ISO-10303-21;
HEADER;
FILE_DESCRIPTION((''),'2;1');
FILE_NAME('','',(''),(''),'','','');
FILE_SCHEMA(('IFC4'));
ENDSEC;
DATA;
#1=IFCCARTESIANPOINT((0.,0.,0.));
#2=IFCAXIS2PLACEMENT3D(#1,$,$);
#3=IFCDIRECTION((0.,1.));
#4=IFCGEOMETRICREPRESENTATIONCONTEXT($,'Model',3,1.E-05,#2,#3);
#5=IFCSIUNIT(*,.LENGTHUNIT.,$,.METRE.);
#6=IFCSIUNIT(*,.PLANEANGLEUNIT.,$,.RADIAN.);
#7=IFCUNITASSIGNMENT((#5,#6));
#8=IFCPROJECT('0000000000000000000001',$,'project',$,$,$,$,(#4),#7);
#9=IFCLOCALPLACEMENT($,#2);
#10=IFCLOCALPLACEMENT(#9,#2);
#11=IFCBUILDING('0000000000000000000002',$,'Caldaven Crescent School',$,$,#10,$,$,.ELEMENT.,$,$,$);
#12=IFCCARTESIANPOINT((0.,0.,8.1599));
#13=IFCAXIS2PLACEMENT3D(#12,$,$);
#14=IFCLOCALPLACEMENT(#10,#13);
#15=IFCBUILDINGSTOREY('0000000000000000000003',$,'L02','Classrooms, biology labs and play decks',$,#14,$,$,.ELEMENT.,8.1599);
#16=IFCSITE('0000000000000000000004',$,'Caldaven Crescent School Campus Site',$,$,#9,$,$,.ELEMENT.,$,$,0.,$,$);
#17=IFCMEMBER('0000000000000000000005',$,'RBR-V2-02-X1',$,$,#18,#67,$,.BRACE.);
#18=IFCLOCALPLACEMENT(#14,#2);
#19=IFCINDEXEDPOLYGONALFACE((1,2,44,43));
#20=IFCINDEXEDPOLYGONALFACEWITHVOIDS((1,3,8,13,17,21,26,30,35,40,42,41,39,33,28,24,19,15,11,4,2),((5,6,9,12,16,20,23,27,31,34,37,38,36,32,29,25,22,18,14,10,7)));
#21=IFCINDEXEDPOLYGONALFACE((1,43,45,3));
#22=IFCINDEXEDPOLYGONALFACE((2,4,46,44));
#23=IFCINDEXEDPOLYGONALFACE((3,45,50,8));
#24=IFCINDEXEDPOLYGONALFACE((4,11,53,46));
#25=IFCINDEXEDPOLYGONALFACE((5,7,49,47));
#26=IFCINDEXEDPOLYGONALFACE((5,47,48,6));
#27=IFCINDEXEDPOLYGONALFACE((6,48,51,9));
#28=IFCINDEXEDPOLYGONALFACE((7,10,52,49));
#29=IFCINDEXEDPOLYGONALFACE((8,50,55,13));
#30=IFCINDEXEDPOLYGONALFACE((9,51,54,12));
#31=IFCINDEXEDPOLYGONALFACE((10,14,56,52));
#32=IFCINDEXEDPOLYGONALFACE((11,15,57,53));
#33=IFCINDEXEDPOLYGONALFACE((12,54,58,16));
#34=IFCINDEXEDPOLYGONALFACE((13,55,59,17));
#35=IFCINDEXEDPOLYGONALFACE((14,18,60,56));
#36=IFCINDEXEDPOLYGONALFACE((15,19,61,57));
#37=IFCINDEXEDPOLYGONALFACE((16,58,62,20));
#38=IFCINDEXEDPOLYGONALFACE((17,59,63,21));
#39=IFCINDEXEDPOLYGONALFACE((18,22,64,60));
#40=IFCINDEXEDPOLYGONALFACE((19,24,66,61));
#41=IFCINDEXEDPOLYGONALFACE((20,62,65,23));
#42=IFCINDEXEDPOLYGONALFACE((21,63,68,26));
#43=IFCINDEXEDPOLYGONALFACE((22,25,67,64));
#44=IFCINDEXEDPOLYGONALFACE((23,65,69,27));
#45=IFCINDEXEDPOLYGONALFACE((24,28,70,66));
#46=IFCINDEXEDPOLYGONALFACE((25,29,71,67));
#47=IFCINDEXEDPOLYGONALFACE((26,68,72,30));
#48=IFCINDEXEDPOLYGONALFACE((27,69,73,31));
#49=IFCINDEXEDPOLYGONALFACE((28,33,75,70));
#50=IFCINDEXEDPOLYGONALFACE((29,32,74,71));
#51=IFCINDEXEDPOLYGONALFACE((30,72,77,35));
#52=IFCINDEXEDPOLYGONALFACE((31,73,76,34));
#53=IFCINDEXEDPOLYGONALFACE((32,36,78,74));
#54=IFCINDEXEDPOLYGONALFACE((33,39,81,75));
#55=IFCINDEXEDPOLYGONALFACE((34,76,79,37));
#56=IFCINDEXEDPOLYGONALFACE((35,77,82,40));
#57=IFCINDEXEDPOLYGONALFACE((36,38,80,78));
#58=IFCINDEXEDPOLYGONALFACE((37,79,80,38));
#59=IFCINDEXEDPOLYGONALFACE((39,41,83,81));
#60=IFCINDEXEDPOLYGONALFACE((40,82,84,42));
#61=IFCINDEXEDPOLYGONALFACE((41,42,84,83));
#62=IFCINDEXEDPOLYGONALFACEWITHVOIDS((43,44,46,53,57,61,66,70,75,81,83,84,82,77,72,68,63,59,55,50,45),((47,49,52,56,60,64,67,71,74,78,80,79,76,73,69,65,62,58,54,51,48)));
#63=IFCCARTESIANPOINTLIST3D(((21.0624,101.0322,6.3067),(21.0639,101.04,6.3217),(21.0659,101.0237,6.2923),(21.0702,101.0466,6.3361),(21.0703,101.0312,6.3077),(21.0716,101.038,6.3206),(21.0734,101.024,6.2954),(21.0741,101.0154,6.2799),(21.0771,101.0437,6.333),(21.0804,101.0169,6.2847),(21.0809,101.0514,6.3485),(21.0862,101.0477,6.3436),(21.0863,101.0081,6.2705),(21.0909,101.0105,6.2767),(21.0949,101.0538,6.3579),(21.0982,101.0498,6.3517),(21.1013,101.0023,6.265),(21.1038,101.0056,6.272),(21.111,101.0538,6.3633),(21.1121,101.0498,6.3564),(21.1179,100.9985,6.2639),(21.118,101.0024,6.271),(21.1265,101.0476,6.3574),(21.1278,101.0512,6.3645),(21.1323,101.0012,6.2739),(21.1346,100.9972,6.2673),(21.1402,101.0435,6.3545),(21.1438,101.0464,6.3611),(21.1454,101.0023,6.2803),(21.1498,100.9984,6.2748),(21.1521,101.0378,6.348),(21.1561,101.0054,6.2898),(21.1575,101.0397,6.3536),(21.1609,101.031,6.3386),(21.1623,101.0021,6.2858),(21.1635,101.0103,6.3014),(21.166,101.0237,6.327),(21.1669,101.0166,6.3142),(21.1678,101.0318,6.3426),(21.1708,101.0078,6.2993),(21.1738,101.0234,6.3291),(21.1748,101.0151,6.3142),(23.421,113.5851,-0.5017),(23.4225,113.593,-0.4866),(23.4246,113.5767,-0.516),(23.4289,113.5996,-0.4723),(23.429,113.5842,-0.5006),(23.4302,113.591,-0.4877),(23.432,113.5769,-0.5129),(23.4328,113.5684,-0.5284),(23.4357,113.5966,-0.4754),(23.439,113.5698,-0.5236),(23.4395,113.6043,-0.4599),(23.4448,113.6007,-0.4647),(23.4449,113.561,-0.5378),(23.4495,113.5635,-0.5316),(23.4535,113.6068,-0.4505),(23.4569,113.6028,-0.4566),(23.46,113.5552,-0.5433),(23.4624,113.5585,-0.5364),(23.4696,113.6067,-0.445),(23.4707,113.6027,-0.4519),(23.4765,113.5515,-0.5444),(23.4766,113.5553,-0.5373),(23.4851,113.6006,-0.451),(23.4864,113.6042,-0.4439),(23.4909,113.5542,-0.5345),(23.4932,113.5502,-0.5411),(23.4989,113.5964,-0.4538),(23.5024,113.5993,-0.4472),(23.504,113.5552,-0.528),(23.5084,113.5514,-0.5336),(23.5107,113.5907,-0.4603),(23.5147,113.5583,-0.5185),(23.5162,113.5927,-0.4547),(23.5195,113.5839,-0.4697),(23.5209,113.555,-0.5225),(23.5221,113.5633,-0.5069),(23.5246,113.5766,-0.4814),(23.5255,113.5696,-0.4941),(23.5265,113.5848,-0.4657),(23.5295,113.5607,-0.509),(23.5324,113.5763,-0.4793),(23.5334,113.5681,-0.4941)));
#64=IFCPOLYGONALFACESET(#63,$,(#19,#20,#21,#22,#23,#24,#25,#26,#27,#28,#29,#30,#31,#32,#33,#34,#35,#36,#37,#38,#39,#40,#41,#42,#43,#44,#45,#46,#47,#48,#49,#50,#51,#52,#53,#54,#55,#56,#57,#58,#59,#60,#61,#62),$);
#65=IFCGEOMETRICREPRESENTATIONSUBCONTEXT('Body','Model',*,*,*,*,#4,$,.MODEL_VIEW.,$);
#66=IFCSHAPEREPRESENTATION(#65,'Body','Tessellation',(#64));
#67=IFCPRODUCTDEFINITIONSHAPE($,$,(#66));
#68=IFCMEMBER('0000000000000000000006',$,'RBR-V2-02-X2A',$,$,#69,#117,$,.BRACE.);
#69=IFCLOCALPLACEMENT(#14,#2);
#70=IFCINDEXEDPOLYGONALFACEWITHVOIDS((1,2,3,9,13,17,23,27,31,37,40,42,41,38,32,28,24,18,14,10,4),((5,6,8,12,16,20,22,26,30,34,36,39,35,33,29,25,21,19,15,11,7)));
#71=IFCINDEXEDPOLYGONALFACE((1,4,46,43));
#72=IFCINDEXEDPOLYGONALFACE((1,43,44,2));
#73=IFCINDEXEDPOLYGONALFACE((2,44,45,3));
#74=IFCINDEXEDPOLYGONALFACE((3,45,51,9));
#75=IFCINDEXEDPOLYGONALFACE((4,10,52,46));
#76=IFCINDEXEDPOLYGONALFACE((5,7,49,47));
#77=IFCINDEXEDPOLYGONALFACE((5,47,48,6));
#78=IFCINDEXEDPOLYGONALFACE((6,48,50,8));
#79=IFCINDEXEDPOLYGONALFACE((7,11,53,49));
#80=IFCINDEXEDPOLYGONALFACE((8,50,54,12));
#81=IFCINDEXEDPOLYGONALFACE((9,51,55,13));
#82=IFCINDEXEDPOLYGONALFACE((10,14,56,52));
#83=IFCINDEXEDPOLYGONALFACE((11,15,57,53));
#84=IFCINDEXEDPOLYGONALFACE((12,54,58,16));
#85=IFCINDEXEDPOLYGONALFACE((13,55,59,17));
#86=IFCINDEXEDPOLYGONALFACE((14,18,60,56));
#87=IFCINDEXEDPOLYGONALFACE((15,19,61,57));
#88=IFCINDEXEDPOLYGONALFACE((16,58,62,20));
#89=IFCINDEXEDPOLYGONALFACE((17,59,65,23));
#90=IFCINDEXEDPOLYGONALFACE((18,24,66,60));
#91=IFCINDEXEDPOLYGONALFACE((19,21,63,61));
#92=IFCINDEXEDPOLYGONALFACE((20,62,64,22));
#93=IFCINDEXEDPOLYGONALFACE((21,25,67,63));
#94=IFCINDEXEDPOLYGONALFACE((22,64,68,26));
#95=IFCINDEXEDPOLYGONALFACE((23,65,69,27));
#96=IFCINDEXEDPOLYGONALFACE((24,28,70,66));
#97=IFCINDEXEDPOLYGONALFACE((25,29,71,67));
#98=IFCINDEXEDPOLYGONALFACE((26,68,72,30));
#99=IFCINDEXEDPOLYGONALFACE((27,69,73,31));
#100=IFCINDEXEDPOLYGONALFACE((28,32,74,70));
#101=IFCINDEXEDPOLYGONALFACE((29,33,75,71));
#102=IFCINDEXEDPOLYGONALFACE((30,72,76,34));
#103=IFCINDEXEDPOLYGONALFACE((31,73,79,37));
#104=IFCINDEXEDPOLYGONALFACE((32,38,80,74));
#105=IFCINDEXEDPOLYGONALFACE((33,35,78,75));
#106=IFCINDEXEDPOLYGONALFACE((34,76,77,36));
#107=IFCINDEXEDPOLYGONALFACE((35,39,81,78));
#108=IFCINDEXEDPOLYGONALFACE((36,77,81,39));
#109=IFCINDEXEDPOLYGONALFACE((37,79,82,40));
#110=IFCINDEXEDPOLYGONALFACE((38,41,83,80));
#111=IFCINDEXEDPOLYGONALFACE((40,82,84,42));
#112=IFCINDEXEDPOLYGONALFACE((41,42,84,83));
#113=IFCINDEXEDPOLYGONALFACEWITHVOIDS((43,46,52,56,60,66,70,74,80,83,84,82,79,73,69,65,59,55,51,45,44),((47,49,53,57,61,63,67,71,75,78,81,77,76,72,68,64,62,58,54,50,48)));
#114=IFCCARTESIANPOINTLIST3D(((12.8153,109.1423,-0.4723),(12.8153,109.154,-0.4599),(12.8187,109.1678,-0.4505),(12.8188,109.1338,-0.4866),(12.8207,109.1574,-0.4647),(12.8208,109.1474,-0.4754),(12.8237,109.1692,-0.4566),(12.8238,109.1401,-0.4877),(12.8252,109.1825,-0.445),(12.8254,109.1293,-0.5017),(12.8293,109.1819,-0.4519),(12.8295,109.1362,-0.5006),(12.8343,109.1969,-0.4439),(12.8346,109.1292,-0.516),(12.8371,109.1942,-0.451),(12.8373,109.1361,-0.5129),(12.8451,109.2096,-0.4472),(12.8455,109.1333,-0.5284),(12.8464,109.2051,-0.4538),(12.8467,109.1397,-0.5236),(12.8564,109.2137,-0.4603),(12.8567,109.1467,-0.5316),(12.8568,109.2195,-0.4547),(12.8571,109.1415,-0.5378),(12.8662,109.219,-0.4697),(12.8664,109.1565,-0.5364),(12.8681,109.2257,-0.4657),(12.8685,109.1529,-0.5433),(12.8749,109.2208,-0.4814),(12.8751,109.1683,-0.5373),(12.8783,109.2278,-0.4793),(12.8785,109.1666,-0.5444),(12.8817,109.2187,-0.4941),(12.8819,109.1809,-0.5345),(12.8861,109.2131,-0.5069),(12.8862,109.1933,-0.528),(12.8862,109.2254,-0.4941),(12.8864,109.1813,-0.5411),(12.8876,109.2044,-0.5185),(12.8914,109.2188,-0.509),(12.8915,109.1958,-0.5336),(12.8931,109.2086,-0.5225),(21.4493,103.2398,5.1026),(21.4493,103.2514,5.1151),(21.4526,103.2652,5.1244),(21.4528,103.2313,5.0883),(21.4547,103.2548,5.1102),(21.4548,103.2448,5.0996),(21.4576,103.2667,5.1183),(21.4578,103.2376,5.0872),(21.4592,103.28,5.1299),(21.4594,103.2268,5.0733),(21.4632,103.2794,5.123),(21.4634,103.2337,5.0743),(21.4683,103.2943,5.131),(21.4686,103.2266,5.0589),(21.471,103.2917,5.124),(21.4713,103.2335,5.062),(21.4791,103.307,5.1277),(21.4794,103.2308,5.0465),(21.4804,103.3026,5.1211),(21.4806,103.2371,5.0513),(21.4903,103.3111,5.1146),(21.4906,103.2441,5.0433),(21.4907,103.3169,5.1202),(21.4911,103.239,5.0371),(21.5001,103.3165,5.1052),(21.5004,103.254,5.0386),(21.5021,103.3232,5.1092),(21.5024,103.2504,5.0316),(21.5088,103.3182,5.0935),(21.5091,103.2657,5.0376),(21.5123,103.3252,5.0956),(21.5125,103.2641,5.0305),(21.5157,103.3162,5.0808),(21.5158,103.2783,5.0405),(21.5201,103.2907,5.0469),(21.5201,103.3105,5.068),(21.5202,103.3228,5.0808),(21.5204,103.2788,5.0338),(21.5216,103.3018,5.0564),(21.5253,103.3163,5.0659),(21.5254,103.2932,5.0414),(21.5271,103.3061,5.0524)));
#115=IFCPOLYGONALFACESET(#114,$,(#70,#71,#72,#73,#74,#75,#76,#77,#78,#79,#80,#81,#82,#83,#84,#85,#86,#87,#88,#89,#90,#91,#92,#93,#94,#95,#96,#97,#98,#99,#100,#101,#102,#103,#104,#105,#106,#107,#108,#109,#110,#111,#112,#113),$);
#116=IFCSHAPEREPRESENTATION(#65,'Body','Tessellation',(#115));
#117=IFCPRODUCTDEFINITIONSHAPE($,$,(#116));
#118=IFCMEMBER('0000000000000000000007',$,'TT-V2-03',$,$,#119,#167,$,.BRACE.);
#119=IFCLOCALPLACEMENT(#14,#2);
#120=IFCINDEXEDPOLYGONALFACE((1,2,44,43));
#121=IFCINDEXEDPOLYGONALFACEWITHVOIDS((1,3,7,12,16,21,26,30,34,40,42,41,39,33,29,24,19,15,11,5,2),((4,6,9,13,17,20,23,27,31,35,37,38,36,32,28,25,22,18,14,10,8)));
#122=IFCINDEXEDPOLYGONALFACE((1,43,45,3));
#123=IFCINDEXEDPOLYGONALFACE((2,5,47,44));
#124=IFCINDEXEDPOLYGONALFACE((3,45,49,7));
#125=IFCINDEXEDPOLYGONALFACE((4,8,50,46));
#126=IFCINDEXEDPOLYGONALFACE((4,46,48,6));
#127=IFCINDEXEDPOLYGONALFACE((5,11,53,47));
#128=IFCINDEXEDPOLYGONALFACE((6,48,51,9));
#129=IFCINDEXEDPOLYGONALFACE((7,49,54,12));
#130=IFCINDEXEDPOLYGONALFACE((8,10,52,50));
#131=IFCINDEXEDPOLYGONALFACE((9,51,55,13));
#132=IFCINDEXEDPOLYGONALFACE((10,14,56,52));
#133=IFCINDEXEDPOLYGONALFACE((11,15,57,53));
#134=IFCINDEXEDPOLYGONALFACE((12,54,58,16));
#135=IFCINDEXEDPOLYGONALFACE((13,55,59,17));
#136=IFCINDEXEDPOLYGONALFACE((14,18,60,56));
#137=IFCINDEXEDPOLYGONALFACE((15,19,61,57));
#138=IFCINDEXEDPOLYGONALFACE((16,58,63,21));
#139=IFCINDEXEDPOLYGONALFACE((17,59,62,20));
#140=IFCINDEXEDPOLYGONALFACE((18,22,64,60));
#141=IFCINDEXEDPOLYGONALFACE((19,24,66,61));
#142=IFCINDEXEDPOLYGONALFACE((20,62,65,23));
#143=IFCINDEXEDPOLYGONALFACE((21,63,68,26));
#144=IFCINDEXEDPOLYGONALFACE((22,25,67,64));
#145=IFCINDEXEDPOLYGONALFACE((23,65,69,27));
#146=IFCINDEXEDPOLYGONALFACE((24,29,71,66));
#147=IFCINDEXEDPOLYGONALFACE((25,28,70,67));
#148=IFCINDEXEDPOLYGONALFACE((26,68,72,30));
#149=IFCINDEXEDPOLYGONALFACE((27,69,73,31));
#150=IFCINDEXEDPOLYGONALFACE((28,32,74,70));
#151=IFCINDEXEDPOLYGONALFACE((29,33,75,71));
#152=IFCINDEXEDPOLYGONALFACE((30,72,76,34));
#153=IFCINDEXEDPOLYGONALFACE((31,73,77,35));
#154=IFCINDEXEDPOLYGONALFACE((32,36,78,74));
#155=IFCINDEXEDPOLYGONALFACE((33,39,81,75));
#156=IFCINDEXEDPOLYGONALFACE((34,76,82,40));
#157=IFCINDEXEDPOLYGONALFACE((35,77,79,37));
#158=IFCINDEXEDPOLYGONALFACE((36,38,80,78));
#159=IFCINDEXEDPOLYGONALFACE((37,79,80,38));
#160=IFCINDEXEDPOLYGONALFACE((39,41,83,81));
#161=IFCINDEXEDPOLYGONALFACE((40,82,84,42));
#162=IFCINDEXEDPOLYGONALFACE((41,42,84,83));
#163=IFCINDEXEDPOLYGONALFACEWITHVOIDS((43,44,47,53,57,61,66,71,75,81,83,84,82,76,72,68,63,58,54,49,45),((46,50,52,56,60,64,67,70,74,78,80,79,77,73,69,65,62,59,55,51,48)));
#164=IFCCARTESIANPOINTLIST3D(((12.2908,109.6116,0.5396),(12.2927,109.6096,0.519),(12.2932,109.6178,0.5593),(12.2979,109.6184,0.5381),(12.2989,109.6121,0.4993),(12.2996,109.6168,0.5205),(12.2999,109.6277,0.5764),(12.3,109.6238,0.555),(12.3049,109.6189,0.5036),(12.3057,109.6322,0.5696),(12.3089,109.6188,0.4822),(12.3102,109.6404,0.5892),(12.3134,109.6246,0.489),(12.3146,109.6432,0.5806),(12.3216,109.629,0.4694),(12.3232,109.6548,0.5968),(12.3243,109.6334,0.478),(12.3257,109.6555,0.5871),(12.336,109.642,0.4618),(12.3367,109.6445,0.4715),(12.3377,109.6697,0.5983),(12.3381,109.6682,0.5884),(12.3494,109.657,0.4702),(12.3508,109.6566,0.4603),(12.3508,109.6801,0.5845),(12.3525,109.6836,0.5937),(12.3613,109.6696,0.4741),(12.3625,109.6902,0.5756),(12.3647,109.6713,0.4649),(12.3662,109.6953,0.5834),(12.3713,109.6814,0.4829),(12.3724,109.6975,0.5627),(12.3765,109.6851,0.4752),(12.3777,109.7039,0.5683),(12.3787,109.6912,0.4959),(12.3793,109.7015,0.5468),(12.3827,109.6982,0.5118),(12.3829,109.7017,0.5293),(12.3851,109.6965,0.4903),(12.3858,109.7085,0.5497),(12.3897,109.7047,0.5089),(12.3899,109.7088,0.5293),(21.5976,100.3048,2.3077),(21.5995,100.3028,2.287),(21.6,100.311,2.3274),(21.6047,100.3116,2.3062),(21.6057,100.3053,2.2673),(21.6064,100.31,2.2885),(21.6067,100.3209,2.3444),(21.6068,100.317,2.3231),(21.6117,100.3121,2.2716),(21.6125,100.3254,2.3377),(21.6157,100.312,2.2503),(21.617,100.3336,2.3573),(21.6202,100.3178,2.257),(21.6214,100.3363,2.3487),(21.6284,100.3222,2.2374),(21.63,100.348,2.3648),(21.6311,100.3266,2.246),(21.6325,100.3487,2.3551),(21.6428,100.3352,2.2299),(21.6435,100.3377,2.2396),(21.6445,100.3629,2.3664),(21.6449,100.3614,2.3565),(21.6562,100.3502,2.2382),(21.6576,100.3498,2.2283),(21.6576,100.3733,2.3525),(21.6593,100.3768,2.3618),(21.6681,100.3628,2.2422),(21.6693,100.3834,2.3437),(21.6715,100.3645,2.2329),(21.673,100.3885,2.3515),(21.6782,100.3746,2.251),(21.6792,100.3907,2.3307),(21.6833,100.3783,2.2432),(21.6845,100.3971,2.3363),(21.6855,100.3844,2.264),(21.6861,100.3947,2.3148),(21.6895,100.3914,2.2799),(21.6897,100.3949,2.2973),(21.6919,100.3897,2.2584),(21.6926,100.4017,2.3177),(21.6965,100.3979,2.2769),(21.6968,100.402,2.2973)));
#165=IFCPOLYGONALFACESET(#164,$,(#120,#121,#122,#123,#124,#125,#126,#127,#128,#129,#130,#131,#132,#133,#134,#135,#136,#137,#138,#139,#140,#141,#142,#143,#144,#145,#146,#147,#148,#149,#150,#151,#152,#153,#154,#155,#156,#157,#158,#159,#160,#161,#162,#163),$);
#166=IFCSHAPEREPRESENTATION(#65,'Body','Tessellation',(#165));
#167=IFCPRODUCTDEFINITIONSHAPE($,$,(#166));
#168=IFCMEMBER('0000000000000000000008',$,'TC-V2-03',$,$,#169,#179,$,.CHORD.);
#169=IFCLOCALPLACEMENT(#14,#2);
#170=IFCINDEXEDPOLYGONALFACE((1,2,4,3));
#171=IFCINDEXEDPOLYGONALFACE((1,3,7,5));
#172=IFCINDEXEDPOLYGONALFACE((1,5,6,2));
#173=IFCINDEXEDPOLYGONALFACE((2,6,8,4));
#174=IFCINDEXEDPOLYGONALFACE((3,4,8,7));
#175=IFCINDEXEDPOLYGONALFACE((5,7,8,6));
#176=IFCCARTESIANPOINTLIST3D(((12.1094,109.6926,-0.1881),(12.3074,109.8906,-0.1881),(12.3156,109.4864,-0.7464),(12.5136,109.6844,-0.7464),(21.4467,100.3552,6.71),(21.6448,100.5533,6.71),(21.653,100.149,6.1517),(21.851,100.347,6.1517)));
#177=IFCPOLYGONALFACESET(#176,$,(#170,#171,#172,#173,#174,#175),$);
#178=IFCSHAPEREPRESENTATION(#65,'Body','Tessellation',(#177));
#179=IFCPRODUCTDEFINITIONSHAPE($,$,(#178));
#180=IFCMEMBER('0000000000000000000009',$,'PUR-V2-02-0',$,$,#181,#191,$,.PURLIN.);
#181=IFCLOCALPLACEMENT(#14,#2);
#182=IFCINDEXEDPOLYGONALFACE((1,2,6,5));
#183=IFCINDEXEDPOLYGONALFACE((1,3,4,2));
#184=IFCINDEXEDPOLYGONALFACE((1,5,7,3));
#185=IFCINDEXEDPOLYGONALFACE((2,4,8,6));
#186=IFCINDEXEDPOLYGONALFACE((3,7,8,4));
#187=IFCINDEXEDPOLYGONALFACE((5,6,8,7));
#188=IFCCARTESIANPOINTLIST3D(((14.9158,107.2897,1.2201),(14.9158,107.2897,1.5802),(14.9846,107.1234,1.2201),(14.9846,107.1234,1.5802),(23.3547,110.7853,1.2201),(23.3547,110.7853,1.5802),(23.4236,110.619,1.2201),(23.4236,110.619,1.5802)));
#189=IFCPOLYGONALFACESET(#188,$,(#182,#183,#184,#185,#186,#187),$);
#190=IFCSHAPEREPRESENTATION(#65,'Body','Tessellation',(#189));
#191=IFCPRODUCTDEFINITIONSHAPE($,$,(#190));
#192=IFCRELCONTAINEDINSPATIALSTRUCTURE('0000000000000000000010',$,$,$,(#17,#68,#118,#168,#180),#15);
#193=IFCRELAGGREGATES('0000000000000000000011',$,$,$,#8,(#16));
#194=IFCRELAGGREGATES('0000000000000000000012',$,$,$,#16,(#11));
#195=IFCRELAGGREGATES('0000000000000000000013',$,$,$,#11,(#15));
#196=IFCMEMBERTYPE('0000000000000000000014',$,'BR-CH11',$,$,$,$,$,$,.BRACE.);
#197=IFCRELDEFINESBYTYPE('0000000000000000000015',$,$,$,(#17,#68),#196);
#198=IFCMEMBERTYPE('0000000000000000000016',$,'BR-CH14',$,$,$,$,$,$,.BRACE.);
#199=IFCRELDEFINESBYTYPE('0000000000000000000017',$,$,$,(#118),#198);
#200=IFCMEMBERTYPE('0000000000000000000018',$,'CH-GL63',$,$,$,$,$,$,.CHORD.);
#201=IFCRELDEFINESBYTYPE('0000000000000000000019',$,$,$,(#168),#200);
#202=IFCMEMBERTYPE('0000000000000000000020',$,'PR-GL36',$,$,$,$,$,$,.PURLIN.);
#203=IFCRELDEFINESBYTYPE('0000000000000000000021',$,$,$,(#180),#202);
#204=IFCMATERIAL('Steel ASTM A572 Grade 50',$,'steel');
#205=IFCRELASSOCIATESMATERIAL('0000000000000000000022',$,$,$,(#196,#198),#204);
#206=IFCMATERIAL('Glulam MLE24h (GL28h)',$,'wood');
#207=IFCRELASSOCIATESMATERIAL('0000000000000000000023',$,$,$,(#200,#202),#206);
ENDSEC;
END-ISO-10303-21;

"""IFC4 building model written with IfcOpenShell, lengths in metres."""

from ifc_helpers import new_model, si_unit, direction, frame, origin, origin_2d, place, context, subcontext, project, spatial, rectangle, hollow_circle, extrude, material, material_profile, profile_set, type_object, element, save


model = new_model("IFC4")

# Units and contexts
model_context = context("Model", 3, precision=1e-05, world=origin(), true_north=direction((0.0, 1.0)))
body_context = subcontext(model_context, "Body", "Model", "MODEL_VIEW")
ifc_project = project(units=[si_unit("LENGTHUNIT", "METRE"), si_unit("PLANEANGLEUNIT", "RADIAN")], contexts=[model_context])

# Site, building, storey
site_placement = place(None, origin())
site = spatial("IfcSite", under=ifc_project, at=site_placement, Name="Caldaven Crescent School Campus Site", CompositionType="ELEMENT", RefElevation=0.0)
building_placement = place(site_placement, origin())
building = spatial("IfcBuilding", under=site, at=building_placement, Name="Caldaven Crescent School", CompositionType="ELEMENT")
storey_placement = place(building_placement, frame((0.0, 0.0, 8.1599)))
storey = spatial("IfcBuildingStorey", under=building, at=storey_placement, Name="L02", Description="Classrooms, biology labs and play decks", CompositionType="ELEMENT", Elevation=8.1599)

# Shared definitions
ifc_material_1 = material(Name="Glulam MLE24h (GL28h)", Category="wood")
ifc_material_2 = material(Name="Steel ASTM A572 Grade 50", Category="steel")

# Members
ifc_material_profile_1 = material_profile(ifc_material_2, hollow_circle(Radius=0.0571, WallThickness=0.0081, at=origin_2d()), Name="CHS 114.3x8.0")
ifc_profile_set_1 = profile_set([ifc_material_profile_1], Name="Steel ASTM A572 Grade 50")
member_type_1 = type_object("IfcMemberType", Name="BR-CH11", PredefinedType="BRACE", material=ifc_profile_set_1)
member_1_placement = place(storey_placement, frame((23.4773, 113.5786, -0.4941), z_axis=(-0.162958, -0.867283, 0.470388), x_axis=(0.982802, -0.184664, 0.0)))
element("IfcMember", 1, at=member_1_placement, inside=storey, type_object=member_type_1, Name="RBR-V2-02-X1", PredefinedType="BRACE", context=body_context, shape_type="SweptSolid", body=[
    extrude(hollow_circle(Radius=0.0571, WallThickness=0.0081, at=origin_2d()), origin(), (0.0, 0.0, 1.0), 14.4739),
])
member_2_placement = place(storey_placement, frame((12.854, 109.1782, -0.4941), z_axis=(0.728495, -0.49803, 0.470385), x_axis=(0.564364, 0.825526, 0.0)))
element("IfcMember", 2, at=member_2_placement, inside=storey, type_object=member_type_1, Name="RBR-V2-02-X2A", PredefinedType="BRACE", context=body_context, shape_type="SweptSolid", body=[
    extrude(hollow_circle(Radius=0.0571, WallThickness=0.0081, at=origin_2d()), origin(), (0.0, 0.0, 1.0), 11.8518),
])
ifc_material_profile_2 = material_profile(ifc_material_2, hollow_circle(Radius=0.0698, WallThickness=0.01, at=origin_2d()), Name="CHS 139.7x10.0")
ifc_profile_set_2 = profile_set([ifc_material_profile_2], Name="Steel ASTM A572 Grade 50")
member_type_2 = type_object("IfcMemberType", Name="BR-CH14", PredefinedType="BRACE", material=ifc_profile_set_2)
member_3_placement = place(storey_placement, frame((12.3406, 109.6594, 0.5293), z_axis=(0.700812, -0.700812, 0.133136), x_axis=(0.707107, 0.707107, 0.0)))
element("IfcMember", 3, at=member_3_placement, inside=storey, type_object=member_type_2, Name="TT-V2-03", PredefinedType="BRACE", context=body_context, shape_type="SweptSolid", body=[
    extrude(hollow_circle(Radius=0.0698, WallThickness=0.01, at=origin_2d()), origin(), (0.0, 0.0, 1.0), 13.28),
])
ifc_material_profile_3 = material_profile(ifc_material_1, rectangle(XDim=0.28, YDim=0.6299, at=origin_2d()), Name="MLE 280x630")
ifc_profile_set_3 = profile_set([ifc_material_profile_3], Name="Glulam MLE24h (GL28h)")
member_type_3 = type_object("IfcMemberType", Name="CH-GL63", PredefinedType="CHORD", material=ifc_profile_set_3)
member_4_placement = place(storey_placement, frame((12.3115, 109.6885, -0.4673), z_axis=(0.626743, -0.626743, 0.463019), x_axis=(0.707107, 0.707107, 0.0)))
element("IfcMember", 4, at=member_4_placement, inside=storey, type_object=member_type_3, Name="TC-V2-03", PredefinedType="CHORD", context=body_context, shape_type="SweptSolid", body=[
    extrude(rectangle(XDim=0.28, YDim=0.6299, at=origin_2d()), origin(), (0.0, 0.0, 1.0), 14.8982),
])
ifc_material_profile_4 = material_profile(ifc_material_1, rectangle(XDim=0.1799, YDim=0.3601, at=origin_2d()), Name="MLE 180x360")
ifc_profile_set_4 = profile_set([ifc_material_profile_4], Name="Glulam MLE24h (GL28h)")
member_type_4 = type_object("IfcMemberType", Name="PR-GL36", PredefinedType="PURLIN", material=ifc_profile_set_4)
member_5_placement = place(storey_placement, frame((23.3892, 110.7021, 1.4001), z_axis=(-0.923877, -0.38269, 0.0), x_axis=(0.38269, -0.923877, 0.0)))
element("IfcMember", 5, at=member_5_placement, inside=storey, type_object=member_type_4, Name="PUR-V2-02-0", PredefinedType="PURLIN", context=body_context, shape_type="SweptSolid", body=[
    extrude(rectangle(XDim=0.1799, YDim=0.3601, at=origin_2d()), origin(), (0.0, 0.0, 1.0), 9.1343),
])

save(model, "model.ifc")
